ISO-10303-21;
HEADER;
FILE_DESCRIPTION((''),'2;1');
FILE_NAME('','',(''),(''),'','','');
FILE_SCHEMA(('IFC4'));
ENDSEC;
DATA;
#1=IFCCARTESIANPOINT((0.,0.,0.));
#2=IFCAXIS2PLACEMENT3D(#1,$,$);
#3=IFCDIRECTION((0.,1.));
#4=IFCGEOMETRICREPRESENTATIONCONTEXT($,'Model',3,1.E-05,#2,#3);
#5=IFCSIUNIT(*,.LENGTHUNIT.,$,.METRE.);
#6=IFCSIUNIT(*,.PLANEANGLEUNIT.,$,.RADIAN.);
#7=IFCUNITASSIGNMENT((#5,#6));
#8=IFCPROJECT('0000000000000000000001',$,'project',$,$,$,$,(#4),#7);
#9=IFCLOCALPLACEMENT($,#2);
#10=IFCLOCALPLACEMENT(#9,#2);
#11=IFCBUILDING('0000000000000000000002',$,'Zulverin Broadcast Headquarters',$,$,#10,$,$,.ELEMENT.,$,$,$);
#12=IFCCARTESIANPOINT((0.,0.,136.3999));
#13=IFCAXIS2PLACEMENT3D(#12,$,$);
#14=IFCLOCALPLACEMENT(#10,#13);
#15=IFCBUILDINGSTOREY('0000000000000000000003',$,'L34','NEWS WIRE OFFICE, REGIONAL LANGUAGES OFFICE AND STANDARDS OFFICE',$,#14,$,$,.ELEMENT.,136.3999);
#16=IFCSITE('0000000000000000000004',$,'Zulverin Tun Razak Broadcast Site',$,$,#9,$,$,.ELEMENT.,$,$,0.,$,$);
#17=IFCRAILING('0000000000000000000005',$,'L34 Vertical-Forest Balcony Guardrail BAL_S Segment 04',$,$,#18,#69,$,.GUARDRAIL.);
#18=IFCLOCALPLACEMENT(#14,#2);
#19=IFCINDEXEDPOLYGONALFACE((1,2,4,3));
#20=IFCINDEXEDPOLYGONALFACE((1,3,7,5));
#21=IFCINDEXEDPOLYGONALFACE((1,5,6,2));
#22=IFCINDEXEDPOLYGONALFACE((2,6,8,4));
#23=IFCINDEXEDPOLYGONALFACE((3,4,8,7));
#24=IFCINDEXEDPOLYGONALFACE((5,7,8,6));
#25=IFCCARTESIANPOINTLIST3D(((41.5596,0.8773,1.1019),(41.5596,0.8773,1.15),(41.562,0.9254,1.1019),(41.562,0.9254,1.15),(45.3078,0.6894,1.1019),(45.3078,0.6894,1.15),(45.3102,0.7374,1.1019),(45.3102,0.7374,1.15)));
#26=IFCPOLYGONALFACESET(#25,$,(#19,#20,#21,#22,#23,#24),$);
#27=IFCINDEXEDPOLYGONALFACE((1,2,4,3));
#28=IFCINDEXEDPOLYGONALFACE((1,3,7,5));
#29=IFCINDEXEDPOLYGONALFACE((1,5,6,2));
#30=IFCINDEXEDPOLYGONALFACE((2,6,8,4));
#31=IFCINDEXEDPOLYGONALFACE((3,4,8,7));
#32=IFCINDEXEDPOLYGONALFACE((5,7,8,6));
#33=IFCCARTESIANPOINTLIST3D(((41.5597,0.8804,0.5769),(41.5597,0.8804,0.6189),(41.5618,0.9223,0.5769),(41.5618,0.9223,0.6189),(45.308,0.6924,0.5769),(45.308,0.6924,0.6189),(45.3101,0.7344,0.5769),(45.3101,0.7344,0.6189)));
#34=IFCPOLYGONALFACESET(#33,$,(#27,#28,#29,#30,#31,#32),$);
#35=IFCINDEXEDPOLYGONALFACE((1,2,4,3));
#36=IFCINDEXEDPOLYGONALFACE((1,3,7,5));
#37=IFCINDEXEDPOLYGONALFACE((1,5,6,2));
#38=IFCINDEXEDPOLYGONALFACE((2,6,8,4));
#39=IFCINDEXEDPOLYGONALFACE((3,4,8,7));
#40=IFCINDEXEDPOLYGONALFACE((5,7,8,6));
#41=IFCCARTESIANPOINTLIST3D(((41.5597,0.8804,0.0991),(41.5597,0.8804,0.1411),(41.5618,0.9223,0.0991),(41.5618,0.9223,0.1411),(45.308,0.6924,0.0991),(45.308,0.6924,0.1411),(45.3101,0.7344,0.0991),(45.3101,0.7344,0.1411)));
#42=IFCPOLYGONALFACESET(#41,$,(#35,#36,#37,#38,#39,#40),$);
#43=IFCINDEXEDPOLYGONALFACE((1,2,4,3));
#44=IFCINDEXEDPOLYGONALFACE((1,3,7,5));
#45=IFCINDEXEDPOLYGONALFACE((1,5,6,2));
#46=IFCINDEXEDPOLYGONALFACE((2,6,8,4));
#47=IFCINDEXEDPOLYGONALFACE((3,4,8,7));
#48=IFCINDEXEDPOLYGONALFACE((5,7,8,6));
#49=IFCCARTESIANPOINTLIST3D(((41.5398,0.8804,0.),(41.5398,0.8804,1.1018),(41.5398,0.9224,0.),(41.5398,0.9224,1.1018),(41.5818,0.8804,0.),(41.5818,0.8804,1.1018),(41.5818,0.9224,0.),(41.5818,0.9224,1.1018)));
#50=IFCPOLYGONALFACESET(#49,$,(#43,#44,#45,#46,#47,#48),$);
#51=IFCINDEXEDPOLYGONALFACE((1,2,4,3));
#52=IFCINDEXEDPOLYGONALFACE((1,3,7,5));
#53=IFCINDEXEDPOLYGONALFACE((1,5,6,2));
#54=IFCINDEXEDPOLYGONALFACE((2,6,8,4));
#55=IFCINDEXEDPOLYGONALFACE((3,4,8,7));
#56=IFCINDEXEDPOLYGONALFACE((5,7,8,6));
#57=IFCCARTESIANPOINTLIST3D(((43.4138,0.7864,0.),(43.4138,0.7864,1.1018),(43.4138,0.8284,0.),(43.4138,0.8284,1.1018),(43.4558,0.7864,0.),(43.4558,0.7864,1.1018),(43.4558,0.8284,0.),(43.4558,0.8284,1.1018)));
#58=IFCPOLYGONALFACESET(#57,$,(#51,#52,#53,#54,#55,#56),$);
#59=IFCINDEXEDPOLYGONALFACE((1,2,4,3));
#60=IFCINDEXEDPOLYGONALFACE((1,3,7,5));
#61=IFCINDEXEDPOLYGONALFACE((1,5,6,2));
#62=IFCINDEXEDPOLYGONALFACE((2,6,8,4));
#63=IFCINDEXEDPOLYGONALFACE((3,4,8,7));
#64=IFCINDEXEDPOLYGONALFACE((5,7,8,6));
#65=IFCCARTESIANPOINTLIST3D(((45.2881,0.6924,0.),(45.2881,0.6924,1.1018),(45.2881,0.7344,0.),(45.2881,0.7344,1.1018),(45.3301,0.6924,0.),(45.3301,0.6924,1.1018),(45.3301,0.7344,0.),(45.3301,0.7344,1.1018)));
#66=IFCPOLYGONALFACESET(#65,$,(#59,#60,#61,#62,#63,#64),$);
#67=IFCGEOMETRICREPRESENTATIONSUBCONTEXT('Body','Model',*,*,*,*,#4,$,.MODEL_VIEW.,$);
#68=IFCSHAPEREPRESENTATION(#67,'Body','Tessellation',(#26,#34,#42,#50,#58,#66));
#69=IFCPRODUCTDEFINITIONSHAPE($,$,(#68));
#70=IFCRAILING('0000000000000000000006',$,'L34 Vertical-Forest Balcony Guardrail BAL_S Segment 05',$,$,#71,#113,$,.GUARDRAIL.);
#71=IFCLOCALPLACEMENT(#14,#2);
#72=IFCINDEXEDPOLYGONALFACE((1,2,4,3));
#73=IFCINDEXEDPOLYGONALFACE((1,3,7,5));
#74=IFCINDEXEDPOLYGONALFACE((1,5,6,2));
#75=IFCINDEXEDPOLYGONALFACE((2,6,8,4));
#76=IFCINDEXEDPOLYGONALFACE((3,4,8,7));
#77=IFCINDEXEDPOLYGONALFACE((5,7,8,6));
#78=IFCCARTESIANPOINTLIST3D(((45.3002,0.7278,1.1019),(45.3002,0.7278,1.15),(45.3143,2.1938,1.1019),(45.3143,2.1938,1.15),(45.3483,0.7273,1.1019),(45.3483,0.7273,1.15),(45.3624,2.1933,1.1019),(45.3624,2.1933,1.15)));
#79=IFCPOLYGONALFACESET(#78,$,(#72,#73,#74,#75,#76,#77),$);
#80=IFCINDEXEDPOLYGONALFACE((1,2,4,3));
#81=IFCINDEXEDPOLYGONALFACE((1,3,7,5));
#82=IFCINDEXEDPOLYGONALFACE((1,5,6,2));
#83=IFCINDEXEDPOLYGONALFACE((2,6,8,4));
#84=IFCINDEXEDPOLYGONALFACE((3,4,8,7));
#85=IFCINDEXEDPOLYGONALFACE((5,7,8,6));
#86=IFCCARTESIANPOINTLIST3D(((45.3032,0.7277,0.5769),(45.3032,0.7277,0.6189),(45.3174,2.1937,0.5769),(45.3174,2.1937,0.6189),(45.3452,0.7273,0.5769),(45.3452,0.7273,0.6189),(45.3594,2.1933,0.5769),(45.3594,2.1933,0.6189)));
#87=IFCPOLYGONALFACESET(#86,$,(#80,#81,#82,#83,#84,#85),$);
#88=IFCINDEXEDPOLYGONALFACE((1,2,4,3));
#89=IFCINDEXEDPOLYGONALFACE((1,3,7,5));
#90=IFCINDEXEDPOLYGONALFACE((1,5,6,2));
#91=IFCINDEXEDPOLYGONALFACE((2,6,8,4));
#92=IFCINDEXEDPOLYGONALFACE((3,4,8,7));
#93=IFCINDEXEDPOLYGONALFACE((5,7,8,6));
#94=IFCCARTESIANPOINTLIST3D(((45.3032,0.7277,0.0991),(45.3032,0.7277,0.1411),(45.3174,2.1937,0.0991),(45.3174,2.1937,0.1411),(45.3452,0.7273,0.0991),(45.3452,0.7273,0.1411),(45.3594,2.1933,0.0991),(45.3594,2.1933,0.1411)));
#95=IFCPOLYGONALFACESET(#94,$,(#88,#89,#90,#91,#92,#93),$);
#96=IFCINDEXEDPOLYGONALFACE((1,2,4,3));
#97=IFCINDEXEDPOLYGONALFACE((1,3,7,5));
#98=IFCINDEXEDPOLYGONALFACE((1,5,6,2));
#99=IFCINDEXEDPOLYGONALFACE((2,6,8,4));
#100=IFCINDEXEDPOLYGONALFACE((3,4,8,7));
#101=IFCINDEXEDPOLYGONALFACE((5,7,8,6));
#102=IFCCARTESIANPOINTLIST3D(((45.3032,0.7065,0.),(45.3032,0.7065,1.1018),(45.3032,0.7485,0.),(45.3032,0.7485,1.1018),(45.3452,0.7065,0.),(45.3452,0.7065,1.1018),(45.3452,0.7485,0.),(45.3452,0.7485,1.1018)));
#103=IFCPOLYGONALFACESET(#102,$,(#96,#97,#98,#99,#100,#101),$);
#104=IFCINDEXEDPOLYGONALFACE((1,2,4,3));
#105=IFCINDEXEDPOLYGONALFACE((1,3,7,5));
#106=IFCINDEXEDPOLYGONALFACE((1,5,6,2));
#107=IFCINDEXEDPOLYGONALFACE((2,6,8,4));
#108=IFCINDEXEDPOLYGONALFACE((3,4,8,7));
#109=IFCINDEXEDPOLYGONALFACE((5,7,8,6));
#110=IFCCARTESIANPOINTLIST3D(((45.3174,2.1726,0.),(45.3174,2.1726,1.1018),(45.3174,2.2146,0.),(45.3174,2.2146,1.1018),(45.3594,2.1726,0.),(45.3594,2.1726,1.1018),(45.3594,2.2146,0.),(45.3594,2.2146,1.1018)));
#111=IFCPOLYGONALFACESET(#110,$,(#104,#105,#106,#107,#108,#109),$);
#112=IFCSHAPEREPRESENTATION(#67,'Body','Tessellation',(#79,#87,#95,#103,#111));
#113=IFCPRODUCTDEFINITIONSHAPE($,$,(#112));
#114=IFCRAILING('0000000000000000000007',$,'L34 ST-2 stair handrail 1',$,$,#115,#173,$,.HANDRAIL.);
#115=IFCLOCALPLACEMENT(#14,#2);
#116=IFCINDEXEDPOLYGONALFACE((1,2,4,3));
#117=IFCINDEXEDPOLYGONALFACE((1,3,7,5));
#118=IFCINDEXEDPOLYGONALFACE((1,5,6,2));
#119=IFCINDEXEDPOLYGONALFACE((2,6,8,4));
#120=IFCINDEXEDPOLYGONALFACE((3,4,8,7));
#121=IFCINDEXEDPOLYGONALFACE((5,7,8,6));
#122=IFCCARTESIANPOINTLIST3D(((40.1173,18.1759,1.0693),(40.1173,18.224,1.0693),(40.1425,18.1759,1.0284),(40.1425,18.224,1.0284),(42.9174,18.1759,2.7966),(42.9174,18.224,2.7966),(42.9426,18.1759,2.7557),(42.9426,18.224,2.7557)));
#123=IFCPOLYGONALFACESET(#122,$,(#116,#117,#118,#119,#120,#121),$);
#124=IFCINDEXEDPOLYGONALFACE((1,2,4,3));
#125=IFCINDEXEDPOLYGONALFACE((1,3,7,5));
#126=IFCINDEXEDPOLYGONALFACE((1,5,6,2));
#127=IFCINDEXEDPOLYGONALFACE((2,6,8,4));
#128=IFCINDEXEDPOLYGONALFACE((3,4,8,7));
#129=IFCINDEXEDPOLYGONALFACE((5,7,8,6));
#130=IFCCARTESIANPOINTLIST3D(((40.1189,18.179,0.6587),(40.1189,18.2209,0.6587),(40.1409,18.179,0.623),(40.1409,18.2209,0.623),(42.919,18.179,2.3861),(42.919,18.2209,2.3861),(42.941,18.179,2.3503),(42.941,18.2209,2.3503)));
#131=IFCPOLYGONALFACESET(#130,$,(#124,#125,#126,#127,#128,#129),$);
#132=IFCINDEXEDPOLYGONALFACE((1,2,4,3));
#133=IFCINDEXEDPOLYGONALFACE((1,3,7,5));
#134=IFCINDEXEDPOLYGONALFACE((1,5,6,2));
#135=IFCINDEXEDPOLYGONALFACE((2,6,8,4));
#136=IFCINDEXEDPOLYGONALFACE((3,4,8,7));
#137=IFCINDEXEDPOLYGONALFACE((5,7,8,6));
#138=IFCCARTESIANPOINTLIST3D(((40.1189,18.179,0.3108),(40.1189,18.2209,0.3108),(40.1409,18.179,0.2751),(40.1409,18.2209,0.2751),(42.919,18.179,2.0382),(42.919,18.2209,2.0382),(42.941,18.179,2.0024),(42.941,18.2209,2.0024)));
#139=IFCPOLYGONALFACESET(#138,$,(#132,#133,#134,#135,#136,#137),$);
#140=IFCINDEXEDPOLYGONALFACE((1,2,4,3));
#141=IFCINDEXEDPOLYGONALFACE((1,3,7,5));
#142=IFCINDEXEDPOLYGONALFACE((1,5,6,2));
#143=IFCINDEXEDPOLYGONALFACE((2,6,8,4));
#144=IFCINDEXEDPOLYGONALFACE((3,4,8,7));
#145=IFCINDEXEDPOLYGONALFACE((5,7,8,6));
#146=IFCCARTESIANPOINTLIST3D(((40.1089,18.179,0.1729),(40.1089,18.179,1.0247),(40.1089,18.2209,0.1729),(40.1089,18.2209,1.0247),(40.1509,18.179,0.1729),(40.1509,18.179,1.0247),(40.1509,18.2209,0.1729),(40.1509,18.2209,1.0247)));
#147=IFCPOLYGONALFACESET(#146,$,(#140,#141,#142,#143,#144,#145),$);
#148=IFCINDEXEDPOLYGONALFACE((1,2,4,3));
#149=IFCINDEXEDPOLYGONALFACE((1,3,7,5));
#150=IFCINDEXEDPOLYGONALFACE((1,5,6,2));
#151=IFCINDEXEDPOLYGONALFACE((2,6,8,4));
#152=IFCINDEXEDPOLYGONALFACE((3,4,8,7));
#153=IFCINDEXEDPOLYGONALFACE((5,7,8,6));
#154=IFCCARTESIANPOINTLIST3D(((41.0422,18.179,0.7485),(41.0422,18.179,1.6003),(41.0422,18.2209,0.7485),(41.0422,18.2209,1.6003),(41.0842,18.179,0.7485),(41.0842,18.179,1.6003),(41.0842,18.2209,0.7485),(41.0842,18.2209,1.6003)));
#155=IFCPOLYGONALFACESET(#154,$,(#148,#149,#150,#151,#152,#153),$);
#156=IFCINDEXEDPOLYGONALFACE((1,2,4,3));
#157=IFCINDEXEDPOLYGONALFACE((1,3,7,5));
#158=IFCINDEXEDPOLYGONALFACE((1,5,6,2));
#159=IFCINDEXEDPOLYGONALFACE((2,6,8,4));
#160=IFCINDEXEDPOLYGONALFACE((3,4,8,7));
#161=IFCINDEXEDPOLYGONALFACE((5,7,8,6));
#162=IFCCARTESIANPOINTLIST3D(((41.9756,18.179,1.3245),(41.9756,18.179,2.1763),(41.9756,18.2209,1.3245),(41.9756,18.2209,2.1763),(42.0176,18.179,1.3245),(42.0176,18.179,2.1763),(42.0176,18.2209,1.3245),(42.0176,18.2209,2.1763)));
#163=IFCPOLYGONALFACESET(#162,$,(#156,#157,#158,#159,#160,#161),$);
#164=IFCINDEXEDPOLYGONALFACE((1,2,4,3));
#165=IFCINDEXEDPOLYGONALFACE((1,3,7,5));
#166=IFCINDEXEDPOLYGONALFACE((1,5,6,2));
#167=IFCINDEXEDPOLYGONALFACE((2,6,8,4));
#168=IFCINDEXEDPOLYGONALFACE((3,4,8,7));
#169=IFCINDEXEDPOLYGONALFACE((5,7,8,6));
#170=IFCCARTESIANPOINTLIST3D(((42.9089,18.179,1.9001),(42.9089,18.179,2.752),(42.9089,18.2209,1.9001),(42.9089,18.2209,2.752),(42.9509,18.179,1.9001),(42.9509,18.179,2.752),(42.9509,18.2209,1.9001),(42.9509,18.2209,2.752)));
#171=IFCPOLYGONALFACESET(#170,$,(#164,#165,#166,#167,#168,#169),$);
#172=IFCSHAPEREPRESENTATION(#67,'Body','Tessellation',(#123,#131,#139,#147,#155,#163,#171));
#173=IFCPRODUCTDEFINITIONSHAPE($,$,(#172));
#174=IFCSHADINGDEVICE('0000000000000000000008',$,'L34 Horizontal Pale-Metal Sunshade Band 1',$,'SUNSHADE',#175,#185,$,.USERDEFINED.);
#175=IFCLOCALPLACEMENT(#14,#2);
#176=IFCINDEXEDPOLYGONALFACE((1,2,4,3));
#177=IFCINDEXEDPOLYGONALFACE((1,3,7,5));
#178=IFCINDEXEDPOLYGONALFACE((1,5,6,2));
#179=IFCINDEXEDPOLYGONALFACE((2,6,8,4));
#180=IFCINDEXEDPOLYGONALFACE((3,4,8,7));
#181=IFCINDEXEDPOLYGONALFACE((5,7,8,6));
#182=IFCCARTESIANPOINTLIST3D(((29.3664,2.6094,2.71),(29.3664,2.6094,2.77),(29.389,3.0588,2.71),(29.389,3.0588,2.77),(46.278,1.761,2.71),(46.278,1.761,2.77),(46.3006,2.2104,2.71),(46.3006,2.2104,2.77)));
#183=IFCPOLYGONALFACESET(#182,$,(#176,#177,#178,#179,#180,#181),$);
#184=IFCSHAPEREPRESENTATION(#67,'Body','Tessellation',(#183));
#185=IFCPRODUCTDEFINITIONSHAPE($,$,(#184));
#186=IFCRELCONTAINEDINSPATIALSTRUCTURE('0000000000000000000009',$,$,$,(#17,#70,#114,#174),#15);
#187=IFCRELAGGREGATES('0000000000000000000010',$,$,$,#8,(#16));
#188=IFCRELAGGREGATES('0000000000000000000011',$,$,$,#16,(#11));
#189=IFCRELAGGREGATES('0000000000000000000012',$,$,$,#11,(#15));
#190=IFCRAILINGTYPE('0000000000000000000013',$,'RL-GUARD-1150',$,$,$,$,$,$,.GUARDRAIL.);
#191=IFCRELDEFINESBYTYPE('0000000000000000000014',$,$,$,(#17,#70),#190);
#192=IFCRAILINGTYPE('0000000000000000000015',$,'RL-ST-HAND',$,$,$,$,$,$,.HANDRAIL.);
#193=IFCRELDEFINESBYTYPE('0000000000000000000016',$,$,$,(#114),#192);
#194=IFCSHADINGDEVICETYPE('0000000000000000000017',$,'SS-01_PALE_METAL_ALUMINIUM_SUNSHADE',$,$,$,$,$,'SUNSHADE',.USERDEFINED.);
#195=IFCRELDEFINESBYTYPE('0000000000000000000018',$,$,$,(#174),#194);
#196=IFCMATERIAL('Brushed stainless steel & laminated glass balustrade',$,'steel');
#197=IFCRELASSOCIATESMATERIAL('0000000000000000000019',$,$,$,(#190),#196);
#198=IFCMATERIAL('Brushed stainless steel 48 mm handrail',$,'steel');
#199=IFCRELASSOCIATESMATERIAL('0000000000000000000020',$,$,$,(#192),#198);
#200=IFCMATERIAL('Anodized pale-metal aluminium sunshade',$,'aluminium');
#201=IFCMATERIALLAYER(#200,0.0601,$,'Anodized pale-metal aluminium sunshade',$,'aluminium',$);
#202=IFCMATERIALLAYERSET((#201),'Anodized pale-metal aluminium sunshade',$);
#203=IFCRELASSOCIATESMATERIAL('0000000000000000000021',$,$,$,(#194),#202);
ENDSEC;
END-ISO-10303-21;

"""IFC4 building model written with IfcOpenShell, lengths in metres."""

from ifc_helpers import new_model, si_unit, direction, frame, origin, origin_2d, place, context, subcontext, project, spatial, rectangle, extrude, material, layer, layer_set, type_object, element, save


model = new_model("IFC4")

# Units and contexts
model_context = context("Model", 3, precision=1e-05, world=origin(), true_north=direction((0.0, 1.0)))
body_context = subcontext(model_context, "Body", "Model", "MODEL_VIEW")
ifc_project = project(units=[si_unit("LENGTHUNIT", "METRE"), si_unit("PLANEANGLEUNIT", "RADIAN")], contexts=[model_context])

# Site, building, storey
site_placement = place(None, origin())
site = spatial("IfcSite", under=ifc_project, at=site_placement, Name="Zulverin Tun Razak Broadcast Site", CompositionType="ELEMENT", RefElevation=0.0)
building_placement = place(site_placement, origin())
building = spatial("IfcBuilding", under=site, at=building_placement, Name="Zulverin Broadcast Headquarters", CompositionType="ELEMENT")
storey_placement = place(building_placement, frame((0.0, 0.0, 136.3999)))
storey = spatial("IfcBuildingStorey", under=building, at=storey_placement, Name="L34", Description="NEWS WIRE OFFICE, REGIONAL LANGUAGES OFFICE AND STANDARDS OFFICE", CompositionType="ELEMENT", Elevation=136.3999)

# Railings
ifc_material_1 = material(Name="Brushed stainless steel & laminated glass balustrade", Category="steel")
railing_type_1 = type_object("IfcRailingType", Name="RL-GUARD-1150", PredefinedType="GUARDRAIL", material=ifc_material_1)
railing_1_placement = place(storey_placement, frame((41.5608, 0.9014, 0.0)))
element("IfcRailing", 1, at=railing_1_placement, inside=storey, type_object=railing_type_1, Name="L34 Vertical-Forest Balcony Guardrail BAL_S Segment 04", PredefinedType="GUARDRAIL", context=body_context, shape_type="SweptSolid", body=[
    extrude(rectangle(XDim=0.0481, YDim=0.0481, at=origin_2d()), frame((0.0, 0.0, 1.126), z_axis=(0.998745, -0.05009, 0.0), x_axis=(0.05009, 0.998745, 0.0)), (0.0, 0.0, 1.0), 3.7529),
    extrude(rectangle(XDim=0.042, YDim=0.042, at=origin_2d()), frame((0.0, 0.0, 0.5979), z_axis=(0.998745, -0.05009, 0.0), x_axis=(0.05009, 0.998745, 0.0)), (0.0, 0.0, 1.0), 3.7529),
    extrude(rectangle(XDim=0.042, YDim=0.042, at=origin_2d()), frame((0.0, 0.0, 0.1201), z_axis=(0.998745, -0.05009, 0.0), x_axis=(0.05009, 0.998745, 0.0)), (0.0, 0.0, 1.0), 3.7529),
    extrude(rectangle(XDim=0.042, YDim=0.042, at=origin_2d()), origin(), (0.0, 0.0, 1.0), 1.1018),
    extrude(rectangle(XDim=0.042, YDim=0.042, at=origin_2d()), frame((1.874, -0.094, 0.0)), (0.0, 0.0, 1.0), 1.1018),
    extrude(rectangle(XDim=0.042, YDim=0.042, at=origin_2d()), frame((3.7483, -0.188, 0.0)), (0.0, 0.0, 1.0), 1.1018),
])
railing_2_placement = place(storey_placement, frame((45.3242, 0.7275, 0.0)))
element("IfcRailing", 2, at=railing_2_placement, inside=storey, type_object=railing_type_1, Name="L34 Vertical-Forest Balcony Guardrail BAL_S Segment 05", PredefinedType="GUARDRAIL", context=body_context, shape_type="SweptSolid", body=[
    extrude(rectangle(XDim=0.0481, YDim=0.0481, at=origin_2d()), frame((0.0, 0.0, 1.126), z_axis=(0.009658, 0.999953, 0.0), x_axis=(-0.999953, 0.009658, 0.0)), (0.0, 0.0, 1.0), 1.4661),
    extrude(rectangle(XDim=0.042, YDim=0.042, at=origin_2d()), frame((0.0, 0.0, 0.5979), z_axis=(0.009658, 0.999953, 0.0), x_axis=(-0.999953, 0.009658, 0.0)), (0.0, 0.0, 1.0), 1.4661),
    extrude(rectangle(XDim=0.042, YDim=0.042, at=origin_2d()), frame((0.0, 0.0, 0.1201), z_axis=(0.009658, 0.999953, 0.0), x_axis=(-0.999953, 0.009658, 0.0)), (0.0, 0.0, 1.0), 1.4661),
    extrude(rectangle(XDim=0.042, YDim=0.042, at=origin_2d()), origin(), (0.0, 0.0, 1.0), 1.1018),
    extrude(rectangle(XDim=0.042, YDim=0.042, at=origin_2d()), frame((0.0142, 1.4661, 0.0)), (0.0, 0.0, 1.0), 1.1018),
])
ifc_material_2 = material(Name="Brushed stainless steel 48 mm handrail", Category="steel")
railing_type_2 = type_object("IfcRailingType", Name="RL-ST-HAND", PredefinedType="HANDRAIL", material=ifc_material_2)
railing_3_placement = place(storey_placement, frame((40.1299, 18.2, 0.1729)))
element("IfcRailing", 3, at=railing_3_placement, inside=storey, type_object=railing_type_2, Name="L34 ST-2 stair handrail 1", PredefinedType="HANDRAIL", context=body_context, shape_type="SweptSolid", body=[
    extrude(rectangle(XDim=0.0481, YDim=0.0481, at=origin_2d()), frame((0.0, 0.0, 0.876), z_axis=(0.85109, 0.0, 0.52502), x_axis=(0.0, 1.0, 0.0)), (0.0, 0.0, 1.0), 3.29),
    extrude(rectangle(XDim=0.042, YDim=0.042, at=origin_2d()), frame((0.0, 0.0, 0.468), z_axis=(0.85109, 0.0, 0.52502), x_axis=(0.0, 1.0, 0.0)), (0.0, 0.0, 1.0), 3.29),
    extrude(rectangle(XDim=0.042, YDim=0.042, at=origin_2d()), frame((0.0, 0.0, 0.1201), z_axis=(0.85109, 0.0, 0.52502), x_axis=(0.0, 1.0, 0.0)), (0.0, 0.0, 1.0), 3.29),
    extrude(rectangle(XDim=0.042, YDim=0.042, at=origin_2d()), origin(), (0.0, 0.0, 1.0), 0.8518),
    extrude(rectangle(XDim=0.042, YDim=0.042, at=origin_2d()), frame((0.9333, 0.0, 0.5757)), (0.0, 0.0, 1.0), 0.8518),
    extrude(rectangle(XDim=0.042, YDim=0.042, at=origin_2d()), frame((1.8667, 0.0, 1.1516)), (0.0, 0.0, 1.0), 0.8518),
    extrude(rectangle(XDim=0.042, YDim=0.042, at=origin_2d()), frame((2.8, 0.0, 1.7273)), (0.0, 0.0, 1.0), 0.8518),
])

# Shading device
ifc_material_3 = material(Name="Anodized pale-metal aluminium sunshade", Category="aluminium")
ifc_layer_1 = layer(ifc_material_3, 0.0601, Name="Anodized pale-metal aluminium sunshade", Category="aluminium")
ifc_layer_set_1 = layer_set([ifc_layer_1], Name="Anodized pale-metal aluminium sunshade")
shading_device_type = type_object("IfcShadingDeviceType", Name="SS-01_PALE_METAL_ALUMINIUM_SUNSHADE", ElementType="SUNSHADE", PredefinedType="USERDEFINED", material=ifc_layer_set_1)
shading_device_placement = place(storey_placement, frame((37.8335, 2.4099, 2.71), z_axis=(0.0, 0.0, 1.0), x_axis=(0.998744, -0.050107, 0.0)))
element("IfcShadingDevice", 4, at=shading_device_placement, inside=storey, type_object=shading_device_type, Name="L34 Horizontal Pale-Metal Sunshade Band 1", ObjectType="SUNSHADE", PredefinedType="USERDEFINED", context=body_context, shape_type="SweptSolid", body=[
    extrude(rectangle(XDim=16.9329, YDim=0.45, at=origin_2d()), origin(), (0.0, 0.0, 1.0), 0.0601),
])

save(model, "model.ifc")
